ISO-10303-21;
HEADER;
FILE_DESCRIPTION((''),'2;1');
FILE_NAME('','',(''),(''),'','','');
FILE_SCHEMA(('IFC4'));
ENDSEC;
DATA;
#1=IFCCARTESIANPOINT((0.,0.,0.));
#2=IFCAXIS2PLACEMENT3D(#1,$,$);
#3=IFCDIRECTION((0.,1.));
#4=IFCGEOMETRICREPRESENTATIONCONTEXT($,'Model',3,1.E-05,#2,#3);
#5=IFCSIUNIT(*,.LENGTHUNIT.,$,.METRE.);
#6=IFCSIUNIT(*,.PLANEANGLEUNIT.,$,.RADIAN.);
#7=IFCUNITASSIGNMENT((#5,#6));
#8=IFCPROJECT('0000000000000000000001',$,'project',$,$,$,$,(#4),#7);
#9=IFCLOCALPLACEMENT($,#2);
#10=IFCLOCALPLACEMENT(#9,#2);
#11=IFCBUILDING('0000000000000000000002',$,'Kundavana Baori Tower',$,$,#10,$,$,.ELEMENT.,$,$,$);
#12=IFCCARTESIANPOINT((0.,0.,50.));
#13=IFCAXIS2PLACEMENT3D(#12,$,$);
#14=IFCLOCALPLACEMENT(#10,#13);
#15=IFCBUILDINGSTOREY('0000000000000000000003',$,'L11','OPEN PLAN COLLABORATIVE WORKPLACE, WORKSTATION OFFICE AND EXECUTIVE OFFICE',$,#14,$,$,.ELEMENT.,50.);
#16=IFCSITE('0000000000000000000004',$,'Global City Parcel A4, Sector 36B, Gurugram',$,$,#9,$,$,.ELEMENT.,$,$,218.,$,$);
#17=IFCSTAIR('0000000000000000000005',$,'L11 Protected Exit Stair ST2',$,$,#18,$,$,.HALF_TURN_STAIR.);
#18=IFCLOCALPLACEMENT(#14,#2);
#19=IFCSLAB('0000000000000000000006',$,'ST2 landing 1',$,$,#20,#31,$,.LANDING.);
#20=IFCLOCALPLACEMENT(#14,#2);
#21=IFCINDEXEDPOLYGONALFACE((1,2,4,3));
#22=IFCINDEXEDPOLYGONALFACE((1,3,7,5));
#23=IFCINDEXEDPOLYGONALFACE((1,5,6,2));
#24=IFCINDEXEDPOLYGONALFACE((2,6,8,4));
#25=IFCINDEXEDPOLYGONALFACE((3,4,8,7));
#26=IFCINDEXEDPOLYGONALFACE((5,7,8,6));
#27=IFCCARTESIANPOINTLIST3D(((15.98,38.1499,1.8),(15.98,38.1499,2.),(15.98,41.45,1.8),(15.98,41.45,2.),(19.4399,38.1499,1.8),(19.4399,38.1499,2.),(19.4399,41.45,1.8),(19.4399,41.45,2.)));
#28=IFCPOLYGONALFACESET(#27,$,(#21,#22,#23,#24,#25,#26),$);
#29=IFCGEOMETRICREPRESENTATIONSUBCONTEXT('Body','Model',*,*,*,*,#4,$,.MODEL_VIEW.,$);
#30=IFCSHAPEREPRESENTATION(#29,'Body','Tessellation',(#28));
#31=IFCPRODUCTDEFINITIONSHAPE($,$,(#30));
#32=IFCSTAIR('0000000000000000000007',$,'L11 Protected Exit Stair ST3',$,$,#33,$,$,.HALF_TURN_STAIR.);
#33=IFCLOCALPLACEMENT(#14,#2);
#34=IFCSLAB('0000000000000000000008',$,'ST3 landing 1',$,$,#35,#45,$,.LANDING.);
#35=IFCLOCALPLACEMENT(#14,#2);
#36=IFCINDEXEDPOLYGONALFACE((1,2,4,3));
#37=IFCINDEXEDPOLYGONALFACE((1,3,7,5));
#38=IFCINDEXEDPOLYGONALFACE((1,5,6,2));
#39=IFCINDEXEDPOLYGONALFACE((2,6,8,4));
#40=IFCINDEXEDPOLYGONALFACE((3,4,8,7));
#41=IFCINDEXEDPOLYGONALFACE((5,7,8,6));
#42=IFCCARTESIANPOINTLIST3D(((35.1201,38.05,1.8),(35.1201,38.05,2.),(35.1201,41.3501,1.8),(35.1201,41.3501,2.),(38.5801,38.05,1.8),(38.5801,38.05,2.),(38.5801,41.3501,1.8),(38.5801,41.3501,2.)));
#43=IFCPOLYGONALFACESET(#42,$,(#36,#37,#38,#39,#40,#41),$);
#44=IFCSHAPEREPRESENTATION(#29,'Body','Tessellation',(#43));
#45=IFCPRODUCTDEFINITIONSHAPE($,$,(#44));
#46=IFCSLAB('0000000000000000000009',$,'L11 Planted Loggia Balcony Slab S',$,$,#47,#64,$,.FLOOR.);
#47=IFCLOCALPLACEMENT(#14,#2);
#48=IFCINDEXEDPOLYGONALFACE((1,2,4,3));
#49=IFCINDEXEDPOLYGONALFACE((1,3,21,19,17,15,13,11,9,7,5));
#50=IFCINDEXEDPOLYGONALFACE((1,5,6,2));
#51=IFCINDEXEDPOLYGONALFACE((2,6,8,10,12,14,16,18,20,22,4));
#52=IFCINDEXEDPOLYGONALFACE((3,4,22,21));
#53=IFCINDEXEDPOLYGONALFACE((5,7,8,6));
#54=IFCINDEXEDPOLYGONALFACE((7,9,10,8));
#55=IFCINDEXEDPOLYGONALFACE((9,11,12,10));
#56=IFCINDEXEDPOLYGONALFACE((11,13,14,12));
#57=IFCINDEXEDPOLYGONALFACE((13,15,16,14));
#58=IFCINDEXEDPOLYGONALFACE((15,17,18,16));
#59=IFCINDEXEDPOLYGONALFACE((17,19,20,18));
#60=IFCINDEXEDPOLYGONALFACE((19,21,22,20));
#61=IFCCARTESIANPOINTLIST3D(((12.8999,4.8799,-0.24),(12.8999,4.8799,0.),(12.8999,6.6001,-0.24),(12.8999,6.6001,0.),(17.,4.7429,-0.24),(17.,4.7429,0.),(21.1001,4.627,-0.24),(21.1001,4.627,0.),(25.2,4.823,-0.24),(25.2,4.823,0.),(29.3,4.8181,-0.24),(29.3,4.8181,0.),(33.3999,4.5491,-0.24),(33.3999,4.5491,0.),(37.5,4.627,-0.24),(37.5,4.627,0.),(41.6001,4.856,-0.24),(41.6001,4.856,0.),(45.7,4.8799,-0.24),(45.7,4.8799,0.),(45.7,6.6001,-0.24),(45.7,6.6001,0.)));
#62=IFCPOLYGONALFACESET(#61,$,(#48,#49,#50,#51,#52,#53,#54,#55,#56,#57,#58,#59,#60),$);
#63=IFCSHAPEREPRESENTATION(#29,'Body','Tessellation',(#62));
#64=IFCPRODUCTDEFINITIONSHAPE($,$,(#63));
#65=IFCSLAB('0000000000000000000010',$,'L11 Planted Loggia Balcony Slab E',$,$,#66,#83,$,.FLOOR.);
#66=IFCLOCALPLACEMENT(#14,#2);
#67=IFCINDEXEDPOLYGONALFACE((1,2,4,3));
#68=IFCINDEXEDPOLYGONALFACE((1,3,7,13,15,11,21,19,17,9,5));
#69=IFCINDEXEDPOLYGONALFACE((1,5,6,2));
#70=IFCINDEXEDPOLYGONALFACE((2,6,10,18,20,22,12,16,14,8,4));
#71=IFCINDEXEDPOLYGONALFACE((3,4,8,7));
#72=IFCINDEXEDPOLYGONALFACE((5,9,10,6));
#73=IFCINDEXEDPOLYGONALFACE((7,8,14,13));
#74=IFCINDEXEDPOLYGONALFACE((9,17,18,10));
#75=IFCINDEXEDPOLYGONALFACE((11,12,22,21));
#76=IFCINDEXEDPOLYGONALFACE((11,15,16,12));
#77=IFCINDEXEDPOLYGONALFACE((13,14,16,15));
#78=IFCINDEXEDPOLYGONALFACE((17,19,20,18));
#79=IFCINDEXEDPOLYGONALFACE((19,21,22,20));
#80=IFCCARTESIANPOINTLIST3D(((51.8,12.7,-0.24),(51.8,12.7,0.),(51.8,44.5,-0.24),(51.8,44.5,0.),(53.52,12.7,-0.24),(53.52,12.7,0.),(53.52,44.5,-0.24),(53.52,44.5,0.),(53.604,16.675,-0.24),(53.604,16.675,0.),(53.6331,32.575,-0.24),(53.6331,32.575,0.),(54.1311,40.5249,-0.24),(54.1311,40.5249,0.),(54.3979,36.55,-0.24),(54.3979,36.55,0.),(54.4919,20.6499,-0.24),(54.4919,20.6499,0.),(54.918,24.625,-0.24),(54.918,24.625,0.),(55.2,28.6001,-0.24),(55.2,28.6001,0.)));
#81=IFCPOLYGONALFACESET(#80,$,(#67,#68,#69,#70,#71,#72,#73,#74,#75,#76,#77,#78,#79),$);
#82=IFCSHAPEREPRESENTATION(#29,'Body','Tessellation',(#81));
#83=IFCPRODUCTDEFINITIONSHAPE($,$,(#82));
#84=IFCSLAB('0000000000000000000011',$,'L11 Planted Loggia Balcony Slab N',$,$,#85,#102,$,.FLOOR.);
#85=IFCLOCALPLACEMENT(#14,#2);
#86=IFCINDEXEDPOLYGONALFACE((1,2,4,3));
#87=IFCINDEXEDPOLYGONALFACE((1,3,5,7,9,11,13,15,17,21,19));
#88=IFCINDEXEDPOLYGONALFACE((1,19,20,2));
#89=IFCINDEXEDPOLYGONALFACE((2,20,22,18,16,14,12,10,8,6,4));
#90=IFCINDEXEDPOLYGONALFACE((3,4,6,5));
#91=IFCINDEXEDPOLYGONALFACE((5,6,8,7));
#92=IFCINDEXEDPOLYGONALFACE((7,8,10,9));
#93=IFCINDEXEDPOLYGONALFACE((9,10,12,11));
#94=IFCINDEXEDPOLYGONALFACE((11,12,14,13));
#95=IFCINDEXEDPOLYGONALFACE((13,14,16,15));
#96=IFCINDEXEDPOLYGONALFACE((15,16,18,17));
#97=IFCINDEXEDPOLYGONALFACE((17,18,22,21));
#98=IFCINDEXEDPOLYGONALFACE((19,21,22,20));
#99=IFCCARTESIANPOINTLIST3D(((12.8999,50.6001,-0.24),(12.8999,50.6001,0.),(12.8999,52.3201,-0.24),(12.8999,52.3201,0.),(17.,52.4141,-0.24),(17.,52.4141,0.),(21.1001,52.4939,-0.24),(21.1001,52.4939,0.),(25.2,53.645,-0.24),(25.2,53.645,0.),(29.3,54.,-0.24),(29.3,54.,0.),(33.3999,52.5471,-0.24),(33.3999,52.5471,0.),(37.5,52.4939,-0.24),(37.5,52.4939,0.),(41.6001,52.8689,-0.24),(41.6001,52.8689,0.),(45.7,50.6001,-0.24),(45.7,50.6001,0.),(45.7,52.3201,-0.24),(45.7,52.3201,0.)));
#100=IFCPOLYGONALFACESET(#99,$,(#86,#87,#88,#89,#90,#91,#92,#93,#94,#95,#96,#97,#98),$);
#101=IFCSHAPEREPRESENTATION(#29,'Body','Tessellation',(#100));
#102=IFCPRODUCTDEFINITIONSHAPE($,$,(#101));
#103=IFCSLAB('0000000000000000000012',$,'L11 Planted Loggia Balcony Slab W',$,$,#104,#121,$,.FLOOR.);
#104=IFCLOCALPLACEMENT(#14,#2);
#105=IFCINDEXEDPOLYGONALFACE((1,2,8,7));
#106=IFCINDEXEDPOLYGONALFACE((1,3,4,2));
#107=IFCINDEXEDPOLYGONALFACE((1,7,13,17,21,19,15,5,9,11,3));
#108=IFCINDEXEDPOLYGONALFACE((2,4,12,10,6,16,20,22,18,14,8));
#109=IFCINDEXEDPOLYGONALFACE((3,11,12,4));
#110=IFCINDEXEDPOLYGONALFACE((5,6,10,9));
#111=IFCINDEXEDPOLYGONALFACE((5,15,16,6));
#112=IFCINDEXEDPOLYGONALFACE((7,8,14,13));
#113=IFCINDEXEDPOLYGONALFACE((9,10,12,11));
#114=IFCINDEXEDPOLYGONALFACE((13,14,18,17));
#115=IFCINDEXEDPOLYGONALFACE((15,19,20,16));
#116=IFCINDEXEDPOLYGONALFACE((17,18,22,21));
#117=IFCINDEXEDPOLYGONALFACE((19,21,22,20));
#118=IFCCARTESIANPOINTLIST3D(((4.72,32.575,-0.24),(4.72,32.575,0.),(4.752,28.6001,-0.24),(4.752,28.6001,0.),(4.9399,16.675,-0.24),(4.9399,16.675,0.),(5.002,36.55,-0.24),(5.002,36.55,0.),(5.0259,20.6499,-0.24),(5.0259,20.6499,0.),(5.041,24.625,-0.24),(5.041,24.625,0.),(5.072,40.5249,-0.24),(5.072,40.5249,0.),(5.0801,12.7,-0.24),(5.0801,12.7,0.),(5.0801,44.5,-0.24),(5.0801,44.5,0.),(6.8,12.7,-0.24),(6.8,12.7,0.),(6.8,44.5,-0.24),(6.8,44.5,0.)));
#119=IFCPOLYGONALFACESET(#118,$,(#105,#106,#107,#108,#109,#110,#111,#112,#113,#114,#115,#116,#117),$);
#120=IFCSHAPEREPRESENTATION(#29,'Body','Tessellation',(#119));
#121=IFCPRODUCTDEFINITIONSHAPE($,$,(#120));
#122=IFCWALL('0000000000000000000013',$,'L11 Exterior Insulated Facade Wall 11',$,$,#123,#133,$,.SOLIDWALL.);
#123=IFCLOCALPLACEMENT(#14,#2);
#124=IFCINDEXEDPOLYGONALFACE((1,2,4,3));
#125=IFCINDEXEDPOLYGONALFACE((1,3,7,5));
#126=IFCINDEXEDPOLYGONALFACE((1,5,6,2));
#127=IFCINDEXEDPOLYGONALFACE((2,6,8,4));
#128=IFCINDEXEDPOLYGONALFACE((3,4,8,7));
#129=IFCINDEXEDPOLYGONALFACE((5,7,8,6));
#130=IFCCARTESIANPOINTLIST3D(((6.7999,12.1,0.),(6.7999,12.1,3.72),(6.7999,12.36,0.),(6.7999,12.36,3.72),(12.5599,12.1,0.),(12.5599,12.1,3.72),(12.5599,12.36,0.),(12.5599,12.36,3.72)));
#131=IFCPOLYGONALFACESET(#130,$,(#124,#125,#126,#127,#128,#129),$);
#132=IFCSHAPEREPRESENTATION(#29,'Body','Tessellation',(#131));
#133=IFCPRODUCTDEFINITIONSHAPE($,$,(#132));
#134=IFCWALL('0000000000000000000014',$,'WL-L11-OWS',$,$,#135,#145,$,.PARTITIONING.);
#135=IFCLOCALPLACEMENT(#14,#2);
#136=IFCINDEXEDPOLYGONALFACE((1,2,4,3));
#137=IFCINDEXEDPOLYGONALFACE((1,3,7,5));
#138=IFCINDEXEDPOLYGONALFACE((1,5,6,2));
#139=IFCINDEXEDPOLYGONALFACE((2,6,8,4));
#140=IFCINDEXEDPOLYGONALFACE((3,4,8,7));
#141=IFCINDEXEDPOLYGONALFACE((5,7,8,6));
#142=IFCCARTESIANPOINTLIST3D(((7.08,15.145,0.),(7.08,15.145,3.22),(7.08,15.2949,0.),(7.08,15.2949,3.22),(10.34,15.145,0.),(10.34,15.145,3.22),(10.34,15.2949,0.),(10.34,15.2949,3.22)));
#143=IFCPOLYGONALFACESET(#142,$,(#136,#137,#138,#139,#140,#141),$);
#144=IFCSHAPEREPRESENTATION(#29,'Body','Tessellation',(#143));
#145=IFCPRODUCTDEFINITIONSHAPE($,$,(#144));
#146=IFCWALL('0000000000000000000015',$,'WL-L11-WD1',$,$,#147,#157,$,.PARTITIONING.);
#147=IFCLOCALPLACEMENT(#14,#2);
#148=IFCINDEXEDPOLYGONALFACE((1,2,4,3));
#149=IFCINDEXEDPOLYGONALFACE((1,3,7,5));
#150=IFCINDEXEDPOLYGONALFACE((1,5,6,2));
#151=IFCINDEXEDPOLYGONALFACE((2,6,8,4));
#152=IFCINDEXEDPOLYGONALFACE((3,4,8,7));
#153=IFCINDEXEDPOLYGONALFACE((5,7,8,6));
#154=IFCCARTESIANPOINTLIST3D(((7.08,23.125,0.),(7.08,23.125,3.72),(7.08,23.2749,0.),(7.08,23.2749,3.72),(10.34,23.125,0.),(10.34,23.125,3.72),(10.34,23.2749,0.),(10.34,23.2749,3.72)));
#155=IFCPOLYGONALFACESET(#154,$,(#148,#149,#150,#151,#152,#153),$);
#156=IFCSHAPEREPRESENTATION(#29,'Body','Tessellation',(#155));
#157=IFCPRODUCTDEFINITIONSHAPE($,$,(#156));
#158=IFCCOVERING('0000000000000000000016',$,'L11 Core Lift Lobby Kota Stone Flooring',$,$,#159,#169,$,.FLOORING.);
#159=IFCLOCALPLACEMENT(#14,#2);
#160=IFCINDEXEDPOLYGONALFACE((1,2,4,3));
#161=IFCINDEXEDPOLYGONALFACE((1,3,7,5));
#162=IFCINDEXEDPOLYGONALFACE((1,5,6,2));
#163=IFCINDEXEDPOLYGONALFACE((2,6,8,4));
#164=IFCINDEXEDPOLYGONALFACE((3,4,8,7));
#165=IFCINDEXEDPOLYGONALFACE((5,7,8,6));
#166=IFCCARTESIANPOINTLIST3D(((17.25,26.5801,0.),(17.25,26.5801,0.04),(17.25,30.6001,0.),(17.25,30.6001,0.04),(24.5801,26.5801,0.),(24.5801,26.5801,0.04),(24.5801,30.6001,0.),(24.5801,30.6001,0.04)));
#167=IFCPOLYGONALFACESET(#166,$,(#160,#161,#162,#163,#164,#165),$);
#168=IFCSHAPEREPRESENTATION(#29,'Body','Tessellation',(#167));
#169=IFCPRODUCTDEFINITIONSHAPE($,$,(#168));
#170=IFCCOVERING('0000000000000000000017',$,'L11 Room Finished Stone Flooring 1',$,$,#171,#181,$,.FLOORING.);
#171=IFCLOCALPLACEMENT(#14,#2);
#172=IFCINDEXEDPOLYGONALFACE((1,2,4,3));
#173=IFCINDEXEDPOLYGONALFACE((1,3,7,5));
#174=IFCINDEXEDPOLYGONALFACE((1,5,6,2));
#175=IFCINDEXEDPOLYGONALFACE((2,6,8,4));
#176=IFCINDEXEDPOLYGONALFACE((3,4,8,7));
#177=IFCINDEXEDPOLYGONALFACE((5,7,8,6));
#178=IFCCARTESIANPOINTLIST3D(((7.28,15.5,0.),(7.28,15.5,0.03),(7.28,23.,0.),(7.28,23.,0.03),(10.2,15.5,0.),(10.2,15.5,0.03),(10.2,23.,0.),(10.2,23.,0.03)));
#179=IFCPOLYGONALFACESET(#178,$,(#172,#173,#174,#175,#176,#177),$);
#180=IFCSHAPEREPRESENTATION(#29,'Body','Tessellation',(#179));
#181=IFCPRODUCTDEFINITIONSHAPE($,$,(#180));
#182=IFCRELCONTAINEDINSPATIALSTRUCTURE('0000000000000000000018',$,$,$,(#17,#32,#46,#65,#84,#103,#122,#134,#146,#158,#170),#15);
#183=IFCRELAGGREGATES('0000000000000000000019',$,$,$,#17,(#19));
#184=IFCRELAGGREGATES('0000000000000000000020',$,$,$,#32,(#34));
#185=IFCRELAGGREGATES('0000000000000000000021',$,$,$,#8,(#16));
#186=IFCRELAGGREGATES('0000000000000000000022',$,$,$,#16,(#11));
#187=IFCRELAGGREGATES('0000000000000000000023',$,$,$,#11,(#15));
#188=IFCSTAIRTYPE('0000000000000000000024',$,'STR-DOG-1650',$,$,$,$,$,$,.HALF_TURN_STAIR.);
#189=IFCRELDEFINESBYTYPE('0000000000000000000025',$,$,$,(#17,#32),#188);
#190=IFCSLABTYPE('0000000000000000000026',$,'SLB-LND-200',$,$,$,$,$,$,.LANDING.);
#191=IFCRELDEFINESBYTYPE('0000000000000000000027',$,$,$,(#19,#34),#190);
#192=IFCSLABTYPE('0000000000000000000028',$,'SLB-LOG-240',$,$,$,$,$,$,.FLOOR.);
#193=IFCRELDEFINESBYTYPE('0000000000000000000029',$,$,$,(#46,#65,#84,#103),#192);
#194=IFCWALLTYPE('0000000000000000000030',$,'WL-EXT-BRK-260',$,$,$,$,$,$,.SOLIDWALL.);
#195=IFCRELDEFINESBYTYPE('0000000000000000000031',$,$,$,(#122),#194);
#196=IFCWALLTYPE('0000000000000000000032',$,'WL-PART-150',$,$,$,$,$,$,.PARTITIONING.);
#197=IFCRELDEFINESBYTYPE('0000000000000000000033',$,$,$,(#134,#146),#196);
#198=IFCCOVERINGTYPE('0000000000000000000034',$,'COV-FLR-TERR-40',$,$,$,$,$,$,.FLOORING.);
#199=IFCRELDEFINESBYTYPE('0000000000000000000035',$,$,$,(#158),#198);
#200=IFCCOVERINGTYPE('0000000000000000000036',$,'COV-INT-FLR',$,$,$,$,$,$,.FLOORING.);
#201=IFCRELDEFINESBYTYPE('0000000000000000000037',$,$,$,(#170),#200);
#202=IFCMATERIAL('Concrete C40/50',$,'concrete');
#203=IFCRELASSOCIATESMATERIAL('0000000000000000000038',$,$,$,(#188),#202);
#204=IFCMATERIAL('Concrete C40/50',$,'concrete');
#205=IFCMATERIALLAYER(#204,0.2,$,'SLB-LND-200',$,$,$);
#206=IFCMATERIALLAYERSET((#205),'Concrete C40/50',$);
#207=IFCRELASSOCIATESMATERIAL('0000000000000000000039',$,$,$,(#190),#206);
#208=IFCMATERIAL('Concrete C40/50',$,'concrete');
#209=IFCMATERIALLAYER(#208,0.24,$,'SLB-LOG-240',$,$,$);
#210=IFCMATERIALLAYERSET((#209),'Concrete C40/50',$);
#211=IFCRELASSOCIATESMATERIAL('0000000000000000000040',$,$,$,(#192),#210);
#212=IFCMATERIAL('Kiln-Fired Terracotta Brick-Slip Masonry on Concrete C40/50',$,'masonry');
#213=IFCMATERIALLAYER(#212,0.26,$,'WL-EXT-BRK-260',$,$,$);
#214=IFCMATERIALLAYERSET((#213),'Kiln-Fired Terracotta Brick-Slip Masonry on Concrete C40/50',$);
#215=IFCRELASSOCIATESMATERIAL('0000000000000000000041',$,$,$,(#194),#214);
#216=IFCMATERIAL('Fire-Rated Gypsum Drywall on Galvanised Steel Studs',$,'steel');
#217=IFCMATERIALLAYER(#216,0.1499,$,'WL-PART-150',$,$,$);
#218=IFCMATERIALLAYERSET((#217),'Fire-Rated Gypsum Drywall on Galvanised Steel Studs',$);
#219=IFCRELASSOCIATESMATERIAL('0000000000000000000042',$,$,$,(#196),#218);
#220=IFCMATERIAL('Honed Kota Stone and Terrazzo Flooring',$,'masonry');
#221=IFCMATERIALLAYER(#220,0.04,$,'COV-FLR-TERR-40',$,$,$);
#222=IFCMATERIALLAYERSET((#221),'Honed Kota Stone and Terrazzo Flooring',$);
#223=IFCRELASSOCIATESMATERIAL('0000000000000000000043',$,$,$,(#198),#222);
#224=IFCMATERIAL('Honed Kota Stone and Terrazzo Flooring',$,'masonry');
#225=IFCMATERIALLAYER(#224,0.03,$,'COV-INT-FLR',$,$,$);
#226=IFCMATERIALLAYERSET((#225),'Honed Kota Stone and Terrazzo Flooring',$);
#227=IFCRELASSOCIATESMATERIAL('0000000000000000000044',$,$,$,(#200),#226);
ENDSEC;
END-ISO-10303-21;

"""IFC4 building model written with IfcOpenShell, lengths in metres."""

from ifc_helpers import new_model, si_unit, direction, frame, frame_2d, origin, place, context, subcontext, project, spatial, polyline, rectangle, outline, extrude, material, layer, layer_set, type_object, element, aggregate, save


model = new_model("IFC4")

# Units and contexts
model_context = context("Model", 3, precision=1e-05, world=origin(), true_north=direction((0.0, 1.0)))
body_context = subcontext(model_context, "Body", "Model", "MODEL_VIEW")
ifc_project = project(units=[si_unit("LENGTHUNIT", "METRE"), si_unit("PLANEANGLEUNIT", "RADIAN")], contexts=[model_context])

# Site, building, storey
site_placement = place(None, origin())
site = spatial("IfcSite", under=ifc_project, at=site_placement, Name="Global City Parcel A4, Sector 36B, Gurugram", CompositionType="ELEMENT", RefElevation=218.0)
building_placement = place(site_placement, origin())
building = spatial("IfcBuilding", under=site, at=building_placement, Name="Kundavana Baori Tower", CompositionType="ELEMENT")
storey_placement = place(building_placement, frame((0.0, 0.0, 50.0)))
storey = spatial("IfcBuildingStorey", under=building, at=storey_placement, Name="L11", Description="OPEN PLAN COLLABORATIVE WORKPLACE, WORKSTATION OFFICE AND EXECUTIVE OFFICE", CompositionType="ELEMENT", Elevation=50.0)

# Stairs, slabs
ifc_material_1 = material(Name="Concrete C40/50", Category="concrete")
stair_type = type_object("IfcStairType", Name="STR-DOG-1650", PredefinedType="HALF_TURN_STAIR", material=ifc_material_1)
ifc_material_2 = material(Name="Concrete C40/50", Category="concrete")
ifc_layer_1 = layer(ifc_material_2, 0.2, Name="SLB-LND-200")
ifc_layer_set_1 = layer_set([ifc_layer_1], Name="Concrete C40/50")
slab_type_1 = type_object("IfcSlabType", Name="SLB-LND-200", PredefinedType="LANDING", material=ifc_layer_set_1)
stair_1_placement = place(storey_placement, origin())
stair_1 = element("IfcStair", 1, at=stair_1_placement, inside=storey, type_object=stair_type, Name="L11 Protected Exit Stair ST2", PredefinedType="HALF_TURN_STAIR")
slab_1_placement = place(storey_placement, frame((0.0, 0.0, 1.8)))
slab_1 = element("IfcSlab", 2, at=slab_1_placement, type_object=slab_type_1, Name="ST2 landing 1", PredefinedType="LANDING", context=body_context, shape_type="SweptSolid", body=[
    extrude(outline(polyline([(19.4399, 38.1499), (19.4399, 41.45), (15.98, 41.45), (15.98, 38.1499), (19.4399, 38.1499)])), origin(), (0.0, 0.0, 1.0), 0.2),
])
aggregate(stair_1, [slab_1])
stair_2_placement = place(storey_placement, origin())
stair_2 = element("IfcStair", 3, at=stair_2_placement, inside=storey, type_object=stair_type, Name="L11 Protected Exit Stair ST3", PredefinedType="HALF_TURN_STAIR")
slab_2_placement = place(storey_placement, frame((0.0, 0.0, 1.8)))
slab_2 = element("IfcSlab", 4, at=slab_2_placement, type_object=slab_type_1, Name="ST3 landing 1", PredefinedType="LANDING", context=body_context, shape_type="SweptSolid", body=[
    extrude(outline(polyline([(38.5801, 38.05), (38.5801, 41.3501), (35.1201, 41.3501), (35.1201, 38.05), (38.5801, 38.05)])), origin(), (0.0, 0.0, 1.0), 0.2),
])
aggregate(stair_2, [slab_2])

# Slabs
ifc_material_3 = material(Name="Concrete C40/50", Category="concrete")
ifc_layer_2 = layer(ifc_material_3, 0.24, Name="SLB-LOG-240")
ifc_layer_set_2 = layer_set([ifc_layer_2], Name="Concrete C40/50")
slab_type_2 = type_object("IfcSlabType", Name="SLB-LOG-240", PredefinedType="FLOOR", material=ifc_layer_set_2)
slab_3_placement = place(storey_placement, frame((0.0, 0.0, -0.24)))
element("IfcSlab", 5, at=slab_3_placement, inside=storey, type_object=slab_type_2, Name="L11 Planted Loggia Balcony Slab S", PredefinedType="FLOOR", context=body_context, shape_type="SweptSolid", body=[
    extrude(outline(polyline([(12.8999, 6.6001), (45.7, 6.6001), (45.7, 4.8799), (41.6001, 4.856), (37.5, 4.627), (33.3999, 4.5491), (29.3, 4.8181), (25.2, 4.823), (21.1001, 4.627), (17.0, 4.7429), (12.8999, 4.8799), (12.8999, 6.6001)])), origin(), (0.0, 0.0, 1.0), 0.24),
])
slab_4_placement = place(storey_placement, frame((0.0, 0.0, -0.24)))
element("IfcSlab", 6, at=slab_4_placement, inside=storey, type_object=slab_type_2, Name="L11 Planted Loggia Balcony Slab E", PredefinedType="FLOOR", context=body_context, shape_type="SweptSolid", body=[
    extrude(outline(polyline([(51.8, 12.7), (51.8, 44.5), (53.52, 44.5), (54.1311, 40.5249), (54.3979, 36.55), (53.6331, 32.575), (55.2, 28.6001), (54.918, 24.625), (54.4919, 20.6499), (53.604, 16.675), (53.52, 12.7), (51.8, 12.7)])), origin(), (0.0, 0.0, 1.0), 0.24),
])
slab_5_placement = place(storey_placement, frame((0.0, 0.0, -0.24)))
element("IfcSlab", 7, at=slab_5_placement, inside=storey, type_object=slab_type_2, Name="L11 Planted Loggia Balcony Slab N", PredefinedType="FLOOR", context=body_context, shape_type="SweptSolid", body=[
    extrude(outline(polyline([(45.7, 50.6001), (12.8999, 50.6001), (12.8999, 52.3201), (17.0, 52.4141), (21.1001, 52.4939), (25.2, 53.645), (29.3, 54.0), (33.3999, 52.5471), (37.5, 52.4939), (41.6001, 52.8689), (45.7, 52.3201), (45.7, 50.6001)])), origin(), (0.0, 0.0, 1.0), 0.24),
])
slab_6_placement = place(storey_placement, frame((0.0, 0.0, -0.24)))
element("IfcSlab", 8, at=slab_6_placement, inside=storey, type_object=slab_type_2, Name="L11 Planted Loggia Balcony Slab W", PredefinedType="FLOOR", context=body_context, shape_type="SweptSolid", body=[
    extrude(outline(polyline([(6.8, 44.5), (6.8, 12.7), (5.0801, 12.7), (4.9399, 16.675), (5.0259, 20.6499), (5.041, 24.625), (4.752, 28.6001), (4.72, 32.575), (5.002, 36.55), (5.072, 40.5249), (5.0801, 44.5), (6.8, 44.5)])), origin(), (0.0, 0.0, 1.0), 0.24),
])

# Walls
ifc_material_4 = material(Name="Kiln-Fired Terracotta Brick-Slip Masonry on Concrete C40/50", Category="masonry")
ifc_layer_3 = layer(ifc_material_4, 0.26, Name="WL-EXT-BRK-260")
ifc_layer_set_3 = layer_set([ifc_layer_3], Name="Kiln-Fired Terracotta Brick-Slip Masonry on Concrete C40/50")
wall_type_1 = type_object("IfcWallType", Name="WL-EXT-BRK-260", PredefinedType="SOLIDWALL", material=ifc_layer_set_3)
wall_1_placement = place(storey_placement, frame((6.8, 12.23, 0.0), z_axis=(0.0, 0.0, 1.0), x_axis=(1.0, 0.0, 0.0)))
element("IfcWall", 9, at=wall_1_placement, inside=storey, type_object=wall_type_1, Name="L11 Exterior Insulated Facade Wall 11", PredefinedType="SOLIDWALL", context=body_context, shape_type="SweptSolid", body=[
    extrude(rectangle(XDim=5.76, YDim=0.26, at=frame_2d((2.8799, 0.0))), origin(), (0.0, 0.0, 1.0), 3.72),
])
ifc_material_5 = material(Name="Fire-Rated Gypsum Drywall on Galvanised Steel Studs", Category="steel")
ifc_layer_4 = layer(ifc_material_5, 0.1499, Name="WL-PART-150")
ifc_layer_set_4 = layer_set([ifc_layer_4], Name="Fire-Rated Gypsum Drywall on Galvanised Steel Studs")
wall_type_2 = type_object("IfcWallType", Name="WL-PART-150", PredefinedType="PARTITIONING", material=ifc_layer_set_4)
wall_2_placement = place(storey_placement, frame((7.0801, 15.22, 0.0), z_axis=(0.0, 0.0, 1.0), x_axis=(1.0, 0.0, 0.0)))
element("IfcWall", 10, at=wall_2_placement, inside=storey, type_object=wall_type_2, Name="WL-L11-OWS", PredefinedType="PARTITIONING", context=body_context, shape_type="SweptSolid", body=[
    extrude(rectangle(XDim=3.26, YDim=0.1499, at=frame_2d((1.6299, 0.0))), origin(), (0.0, 0.0, 1.0), 3.22),
])
wall_3_placement = place(storey_placement, frame((7.0801, 23.2, 0.0), z_axis=(0.0, 0.0, 1.0), x_axis=(1.0, 0.0, 0.0)))
element("IfcWall", 11, at=wall_3_placement, inside=storey, type_object=wall_type_2, Name="WL-L11-WD1", PredefinedType="PARTITIONING", context=body_context, shape_type="SweptSolid", body=[
    extrude(rectangle(XDim=3.26, YDim=0.1499, at=frame_2d((1.6299, 0.0))), origin(), (0.0, 0.0, 1.0), 3.72),
])

# Coverings
ifc_material_6 = material(Name="Honed Kota Stone and Terrazzo Flooring", Category="masonry")
ifc_layer_5 = layer(ifc_material_6, 0.04, Name="COV-FLR-TERR-40")
ifc_layer_set_5 = layer_set([ifc_layer_5], Name="Honed Kota Stone and Terrazzo Flooring")
covering_type_1 = type_object("IfcCoveringType", Name="COV-FLR-TERR-40", PredefinedType="FLOORING", material=ifc_layer_set_5)
covering_1_placement = place(storey_placement, origin())
element("IfcCovering", 12, at=covering_1_placement, inside=storey, type_object=covering_type_1, Name="L11 Core Lift Lobby Kota Stone Flooring", PredefinedType="FLOORING", context=body_context, shape_type="SweptSolid", body=[
    extrude(outline(polyline([(17.25, 26.5801), (24.5801, 26.5801), (24.5801, 30.6001), (17.25, 30.6001), (17.25, 26.5801)])), origin(), (0.0, 0.0, 1.0), 0.04),
])
ifc_material_7 = material(Name="Honed Kota Stone and Terrazzo Flooring", Category="masonry")
ifc_layer_6 = layer(ifc_material_7, 0.03, Name="COV-INT-FLR")
ifc_layer_set_6 = layer_set([ifc_layer_6], Name="Honed Kota Stone and Terrazzo Flooring")
covering_type_2 = type_object("IfcCoveringType", Name="COV-INT-FLR", PredefinedType="FLOORING", material=ifc_layer_set_6)
covering_2_placement = place(storey_placement, origin())
element("IfcCovering", 13, at=covering_2_placement, inside=storey, type_object=covering_type_2, Name="L11 Room Finished Stone Flooring 1", PredefinedType="FLOORING", context=body_context, shape_type="SweptSolid", body=[
    extrude(outline(polyline([(7.28, 15.5), (10.2, 15.5), (10.2, 23.0), (7.28, 23.0), (7.28, 15.5)])), origin(), (0.0, 0.0, 1.0), 0.03),
])

save(model, "model.ifc")
